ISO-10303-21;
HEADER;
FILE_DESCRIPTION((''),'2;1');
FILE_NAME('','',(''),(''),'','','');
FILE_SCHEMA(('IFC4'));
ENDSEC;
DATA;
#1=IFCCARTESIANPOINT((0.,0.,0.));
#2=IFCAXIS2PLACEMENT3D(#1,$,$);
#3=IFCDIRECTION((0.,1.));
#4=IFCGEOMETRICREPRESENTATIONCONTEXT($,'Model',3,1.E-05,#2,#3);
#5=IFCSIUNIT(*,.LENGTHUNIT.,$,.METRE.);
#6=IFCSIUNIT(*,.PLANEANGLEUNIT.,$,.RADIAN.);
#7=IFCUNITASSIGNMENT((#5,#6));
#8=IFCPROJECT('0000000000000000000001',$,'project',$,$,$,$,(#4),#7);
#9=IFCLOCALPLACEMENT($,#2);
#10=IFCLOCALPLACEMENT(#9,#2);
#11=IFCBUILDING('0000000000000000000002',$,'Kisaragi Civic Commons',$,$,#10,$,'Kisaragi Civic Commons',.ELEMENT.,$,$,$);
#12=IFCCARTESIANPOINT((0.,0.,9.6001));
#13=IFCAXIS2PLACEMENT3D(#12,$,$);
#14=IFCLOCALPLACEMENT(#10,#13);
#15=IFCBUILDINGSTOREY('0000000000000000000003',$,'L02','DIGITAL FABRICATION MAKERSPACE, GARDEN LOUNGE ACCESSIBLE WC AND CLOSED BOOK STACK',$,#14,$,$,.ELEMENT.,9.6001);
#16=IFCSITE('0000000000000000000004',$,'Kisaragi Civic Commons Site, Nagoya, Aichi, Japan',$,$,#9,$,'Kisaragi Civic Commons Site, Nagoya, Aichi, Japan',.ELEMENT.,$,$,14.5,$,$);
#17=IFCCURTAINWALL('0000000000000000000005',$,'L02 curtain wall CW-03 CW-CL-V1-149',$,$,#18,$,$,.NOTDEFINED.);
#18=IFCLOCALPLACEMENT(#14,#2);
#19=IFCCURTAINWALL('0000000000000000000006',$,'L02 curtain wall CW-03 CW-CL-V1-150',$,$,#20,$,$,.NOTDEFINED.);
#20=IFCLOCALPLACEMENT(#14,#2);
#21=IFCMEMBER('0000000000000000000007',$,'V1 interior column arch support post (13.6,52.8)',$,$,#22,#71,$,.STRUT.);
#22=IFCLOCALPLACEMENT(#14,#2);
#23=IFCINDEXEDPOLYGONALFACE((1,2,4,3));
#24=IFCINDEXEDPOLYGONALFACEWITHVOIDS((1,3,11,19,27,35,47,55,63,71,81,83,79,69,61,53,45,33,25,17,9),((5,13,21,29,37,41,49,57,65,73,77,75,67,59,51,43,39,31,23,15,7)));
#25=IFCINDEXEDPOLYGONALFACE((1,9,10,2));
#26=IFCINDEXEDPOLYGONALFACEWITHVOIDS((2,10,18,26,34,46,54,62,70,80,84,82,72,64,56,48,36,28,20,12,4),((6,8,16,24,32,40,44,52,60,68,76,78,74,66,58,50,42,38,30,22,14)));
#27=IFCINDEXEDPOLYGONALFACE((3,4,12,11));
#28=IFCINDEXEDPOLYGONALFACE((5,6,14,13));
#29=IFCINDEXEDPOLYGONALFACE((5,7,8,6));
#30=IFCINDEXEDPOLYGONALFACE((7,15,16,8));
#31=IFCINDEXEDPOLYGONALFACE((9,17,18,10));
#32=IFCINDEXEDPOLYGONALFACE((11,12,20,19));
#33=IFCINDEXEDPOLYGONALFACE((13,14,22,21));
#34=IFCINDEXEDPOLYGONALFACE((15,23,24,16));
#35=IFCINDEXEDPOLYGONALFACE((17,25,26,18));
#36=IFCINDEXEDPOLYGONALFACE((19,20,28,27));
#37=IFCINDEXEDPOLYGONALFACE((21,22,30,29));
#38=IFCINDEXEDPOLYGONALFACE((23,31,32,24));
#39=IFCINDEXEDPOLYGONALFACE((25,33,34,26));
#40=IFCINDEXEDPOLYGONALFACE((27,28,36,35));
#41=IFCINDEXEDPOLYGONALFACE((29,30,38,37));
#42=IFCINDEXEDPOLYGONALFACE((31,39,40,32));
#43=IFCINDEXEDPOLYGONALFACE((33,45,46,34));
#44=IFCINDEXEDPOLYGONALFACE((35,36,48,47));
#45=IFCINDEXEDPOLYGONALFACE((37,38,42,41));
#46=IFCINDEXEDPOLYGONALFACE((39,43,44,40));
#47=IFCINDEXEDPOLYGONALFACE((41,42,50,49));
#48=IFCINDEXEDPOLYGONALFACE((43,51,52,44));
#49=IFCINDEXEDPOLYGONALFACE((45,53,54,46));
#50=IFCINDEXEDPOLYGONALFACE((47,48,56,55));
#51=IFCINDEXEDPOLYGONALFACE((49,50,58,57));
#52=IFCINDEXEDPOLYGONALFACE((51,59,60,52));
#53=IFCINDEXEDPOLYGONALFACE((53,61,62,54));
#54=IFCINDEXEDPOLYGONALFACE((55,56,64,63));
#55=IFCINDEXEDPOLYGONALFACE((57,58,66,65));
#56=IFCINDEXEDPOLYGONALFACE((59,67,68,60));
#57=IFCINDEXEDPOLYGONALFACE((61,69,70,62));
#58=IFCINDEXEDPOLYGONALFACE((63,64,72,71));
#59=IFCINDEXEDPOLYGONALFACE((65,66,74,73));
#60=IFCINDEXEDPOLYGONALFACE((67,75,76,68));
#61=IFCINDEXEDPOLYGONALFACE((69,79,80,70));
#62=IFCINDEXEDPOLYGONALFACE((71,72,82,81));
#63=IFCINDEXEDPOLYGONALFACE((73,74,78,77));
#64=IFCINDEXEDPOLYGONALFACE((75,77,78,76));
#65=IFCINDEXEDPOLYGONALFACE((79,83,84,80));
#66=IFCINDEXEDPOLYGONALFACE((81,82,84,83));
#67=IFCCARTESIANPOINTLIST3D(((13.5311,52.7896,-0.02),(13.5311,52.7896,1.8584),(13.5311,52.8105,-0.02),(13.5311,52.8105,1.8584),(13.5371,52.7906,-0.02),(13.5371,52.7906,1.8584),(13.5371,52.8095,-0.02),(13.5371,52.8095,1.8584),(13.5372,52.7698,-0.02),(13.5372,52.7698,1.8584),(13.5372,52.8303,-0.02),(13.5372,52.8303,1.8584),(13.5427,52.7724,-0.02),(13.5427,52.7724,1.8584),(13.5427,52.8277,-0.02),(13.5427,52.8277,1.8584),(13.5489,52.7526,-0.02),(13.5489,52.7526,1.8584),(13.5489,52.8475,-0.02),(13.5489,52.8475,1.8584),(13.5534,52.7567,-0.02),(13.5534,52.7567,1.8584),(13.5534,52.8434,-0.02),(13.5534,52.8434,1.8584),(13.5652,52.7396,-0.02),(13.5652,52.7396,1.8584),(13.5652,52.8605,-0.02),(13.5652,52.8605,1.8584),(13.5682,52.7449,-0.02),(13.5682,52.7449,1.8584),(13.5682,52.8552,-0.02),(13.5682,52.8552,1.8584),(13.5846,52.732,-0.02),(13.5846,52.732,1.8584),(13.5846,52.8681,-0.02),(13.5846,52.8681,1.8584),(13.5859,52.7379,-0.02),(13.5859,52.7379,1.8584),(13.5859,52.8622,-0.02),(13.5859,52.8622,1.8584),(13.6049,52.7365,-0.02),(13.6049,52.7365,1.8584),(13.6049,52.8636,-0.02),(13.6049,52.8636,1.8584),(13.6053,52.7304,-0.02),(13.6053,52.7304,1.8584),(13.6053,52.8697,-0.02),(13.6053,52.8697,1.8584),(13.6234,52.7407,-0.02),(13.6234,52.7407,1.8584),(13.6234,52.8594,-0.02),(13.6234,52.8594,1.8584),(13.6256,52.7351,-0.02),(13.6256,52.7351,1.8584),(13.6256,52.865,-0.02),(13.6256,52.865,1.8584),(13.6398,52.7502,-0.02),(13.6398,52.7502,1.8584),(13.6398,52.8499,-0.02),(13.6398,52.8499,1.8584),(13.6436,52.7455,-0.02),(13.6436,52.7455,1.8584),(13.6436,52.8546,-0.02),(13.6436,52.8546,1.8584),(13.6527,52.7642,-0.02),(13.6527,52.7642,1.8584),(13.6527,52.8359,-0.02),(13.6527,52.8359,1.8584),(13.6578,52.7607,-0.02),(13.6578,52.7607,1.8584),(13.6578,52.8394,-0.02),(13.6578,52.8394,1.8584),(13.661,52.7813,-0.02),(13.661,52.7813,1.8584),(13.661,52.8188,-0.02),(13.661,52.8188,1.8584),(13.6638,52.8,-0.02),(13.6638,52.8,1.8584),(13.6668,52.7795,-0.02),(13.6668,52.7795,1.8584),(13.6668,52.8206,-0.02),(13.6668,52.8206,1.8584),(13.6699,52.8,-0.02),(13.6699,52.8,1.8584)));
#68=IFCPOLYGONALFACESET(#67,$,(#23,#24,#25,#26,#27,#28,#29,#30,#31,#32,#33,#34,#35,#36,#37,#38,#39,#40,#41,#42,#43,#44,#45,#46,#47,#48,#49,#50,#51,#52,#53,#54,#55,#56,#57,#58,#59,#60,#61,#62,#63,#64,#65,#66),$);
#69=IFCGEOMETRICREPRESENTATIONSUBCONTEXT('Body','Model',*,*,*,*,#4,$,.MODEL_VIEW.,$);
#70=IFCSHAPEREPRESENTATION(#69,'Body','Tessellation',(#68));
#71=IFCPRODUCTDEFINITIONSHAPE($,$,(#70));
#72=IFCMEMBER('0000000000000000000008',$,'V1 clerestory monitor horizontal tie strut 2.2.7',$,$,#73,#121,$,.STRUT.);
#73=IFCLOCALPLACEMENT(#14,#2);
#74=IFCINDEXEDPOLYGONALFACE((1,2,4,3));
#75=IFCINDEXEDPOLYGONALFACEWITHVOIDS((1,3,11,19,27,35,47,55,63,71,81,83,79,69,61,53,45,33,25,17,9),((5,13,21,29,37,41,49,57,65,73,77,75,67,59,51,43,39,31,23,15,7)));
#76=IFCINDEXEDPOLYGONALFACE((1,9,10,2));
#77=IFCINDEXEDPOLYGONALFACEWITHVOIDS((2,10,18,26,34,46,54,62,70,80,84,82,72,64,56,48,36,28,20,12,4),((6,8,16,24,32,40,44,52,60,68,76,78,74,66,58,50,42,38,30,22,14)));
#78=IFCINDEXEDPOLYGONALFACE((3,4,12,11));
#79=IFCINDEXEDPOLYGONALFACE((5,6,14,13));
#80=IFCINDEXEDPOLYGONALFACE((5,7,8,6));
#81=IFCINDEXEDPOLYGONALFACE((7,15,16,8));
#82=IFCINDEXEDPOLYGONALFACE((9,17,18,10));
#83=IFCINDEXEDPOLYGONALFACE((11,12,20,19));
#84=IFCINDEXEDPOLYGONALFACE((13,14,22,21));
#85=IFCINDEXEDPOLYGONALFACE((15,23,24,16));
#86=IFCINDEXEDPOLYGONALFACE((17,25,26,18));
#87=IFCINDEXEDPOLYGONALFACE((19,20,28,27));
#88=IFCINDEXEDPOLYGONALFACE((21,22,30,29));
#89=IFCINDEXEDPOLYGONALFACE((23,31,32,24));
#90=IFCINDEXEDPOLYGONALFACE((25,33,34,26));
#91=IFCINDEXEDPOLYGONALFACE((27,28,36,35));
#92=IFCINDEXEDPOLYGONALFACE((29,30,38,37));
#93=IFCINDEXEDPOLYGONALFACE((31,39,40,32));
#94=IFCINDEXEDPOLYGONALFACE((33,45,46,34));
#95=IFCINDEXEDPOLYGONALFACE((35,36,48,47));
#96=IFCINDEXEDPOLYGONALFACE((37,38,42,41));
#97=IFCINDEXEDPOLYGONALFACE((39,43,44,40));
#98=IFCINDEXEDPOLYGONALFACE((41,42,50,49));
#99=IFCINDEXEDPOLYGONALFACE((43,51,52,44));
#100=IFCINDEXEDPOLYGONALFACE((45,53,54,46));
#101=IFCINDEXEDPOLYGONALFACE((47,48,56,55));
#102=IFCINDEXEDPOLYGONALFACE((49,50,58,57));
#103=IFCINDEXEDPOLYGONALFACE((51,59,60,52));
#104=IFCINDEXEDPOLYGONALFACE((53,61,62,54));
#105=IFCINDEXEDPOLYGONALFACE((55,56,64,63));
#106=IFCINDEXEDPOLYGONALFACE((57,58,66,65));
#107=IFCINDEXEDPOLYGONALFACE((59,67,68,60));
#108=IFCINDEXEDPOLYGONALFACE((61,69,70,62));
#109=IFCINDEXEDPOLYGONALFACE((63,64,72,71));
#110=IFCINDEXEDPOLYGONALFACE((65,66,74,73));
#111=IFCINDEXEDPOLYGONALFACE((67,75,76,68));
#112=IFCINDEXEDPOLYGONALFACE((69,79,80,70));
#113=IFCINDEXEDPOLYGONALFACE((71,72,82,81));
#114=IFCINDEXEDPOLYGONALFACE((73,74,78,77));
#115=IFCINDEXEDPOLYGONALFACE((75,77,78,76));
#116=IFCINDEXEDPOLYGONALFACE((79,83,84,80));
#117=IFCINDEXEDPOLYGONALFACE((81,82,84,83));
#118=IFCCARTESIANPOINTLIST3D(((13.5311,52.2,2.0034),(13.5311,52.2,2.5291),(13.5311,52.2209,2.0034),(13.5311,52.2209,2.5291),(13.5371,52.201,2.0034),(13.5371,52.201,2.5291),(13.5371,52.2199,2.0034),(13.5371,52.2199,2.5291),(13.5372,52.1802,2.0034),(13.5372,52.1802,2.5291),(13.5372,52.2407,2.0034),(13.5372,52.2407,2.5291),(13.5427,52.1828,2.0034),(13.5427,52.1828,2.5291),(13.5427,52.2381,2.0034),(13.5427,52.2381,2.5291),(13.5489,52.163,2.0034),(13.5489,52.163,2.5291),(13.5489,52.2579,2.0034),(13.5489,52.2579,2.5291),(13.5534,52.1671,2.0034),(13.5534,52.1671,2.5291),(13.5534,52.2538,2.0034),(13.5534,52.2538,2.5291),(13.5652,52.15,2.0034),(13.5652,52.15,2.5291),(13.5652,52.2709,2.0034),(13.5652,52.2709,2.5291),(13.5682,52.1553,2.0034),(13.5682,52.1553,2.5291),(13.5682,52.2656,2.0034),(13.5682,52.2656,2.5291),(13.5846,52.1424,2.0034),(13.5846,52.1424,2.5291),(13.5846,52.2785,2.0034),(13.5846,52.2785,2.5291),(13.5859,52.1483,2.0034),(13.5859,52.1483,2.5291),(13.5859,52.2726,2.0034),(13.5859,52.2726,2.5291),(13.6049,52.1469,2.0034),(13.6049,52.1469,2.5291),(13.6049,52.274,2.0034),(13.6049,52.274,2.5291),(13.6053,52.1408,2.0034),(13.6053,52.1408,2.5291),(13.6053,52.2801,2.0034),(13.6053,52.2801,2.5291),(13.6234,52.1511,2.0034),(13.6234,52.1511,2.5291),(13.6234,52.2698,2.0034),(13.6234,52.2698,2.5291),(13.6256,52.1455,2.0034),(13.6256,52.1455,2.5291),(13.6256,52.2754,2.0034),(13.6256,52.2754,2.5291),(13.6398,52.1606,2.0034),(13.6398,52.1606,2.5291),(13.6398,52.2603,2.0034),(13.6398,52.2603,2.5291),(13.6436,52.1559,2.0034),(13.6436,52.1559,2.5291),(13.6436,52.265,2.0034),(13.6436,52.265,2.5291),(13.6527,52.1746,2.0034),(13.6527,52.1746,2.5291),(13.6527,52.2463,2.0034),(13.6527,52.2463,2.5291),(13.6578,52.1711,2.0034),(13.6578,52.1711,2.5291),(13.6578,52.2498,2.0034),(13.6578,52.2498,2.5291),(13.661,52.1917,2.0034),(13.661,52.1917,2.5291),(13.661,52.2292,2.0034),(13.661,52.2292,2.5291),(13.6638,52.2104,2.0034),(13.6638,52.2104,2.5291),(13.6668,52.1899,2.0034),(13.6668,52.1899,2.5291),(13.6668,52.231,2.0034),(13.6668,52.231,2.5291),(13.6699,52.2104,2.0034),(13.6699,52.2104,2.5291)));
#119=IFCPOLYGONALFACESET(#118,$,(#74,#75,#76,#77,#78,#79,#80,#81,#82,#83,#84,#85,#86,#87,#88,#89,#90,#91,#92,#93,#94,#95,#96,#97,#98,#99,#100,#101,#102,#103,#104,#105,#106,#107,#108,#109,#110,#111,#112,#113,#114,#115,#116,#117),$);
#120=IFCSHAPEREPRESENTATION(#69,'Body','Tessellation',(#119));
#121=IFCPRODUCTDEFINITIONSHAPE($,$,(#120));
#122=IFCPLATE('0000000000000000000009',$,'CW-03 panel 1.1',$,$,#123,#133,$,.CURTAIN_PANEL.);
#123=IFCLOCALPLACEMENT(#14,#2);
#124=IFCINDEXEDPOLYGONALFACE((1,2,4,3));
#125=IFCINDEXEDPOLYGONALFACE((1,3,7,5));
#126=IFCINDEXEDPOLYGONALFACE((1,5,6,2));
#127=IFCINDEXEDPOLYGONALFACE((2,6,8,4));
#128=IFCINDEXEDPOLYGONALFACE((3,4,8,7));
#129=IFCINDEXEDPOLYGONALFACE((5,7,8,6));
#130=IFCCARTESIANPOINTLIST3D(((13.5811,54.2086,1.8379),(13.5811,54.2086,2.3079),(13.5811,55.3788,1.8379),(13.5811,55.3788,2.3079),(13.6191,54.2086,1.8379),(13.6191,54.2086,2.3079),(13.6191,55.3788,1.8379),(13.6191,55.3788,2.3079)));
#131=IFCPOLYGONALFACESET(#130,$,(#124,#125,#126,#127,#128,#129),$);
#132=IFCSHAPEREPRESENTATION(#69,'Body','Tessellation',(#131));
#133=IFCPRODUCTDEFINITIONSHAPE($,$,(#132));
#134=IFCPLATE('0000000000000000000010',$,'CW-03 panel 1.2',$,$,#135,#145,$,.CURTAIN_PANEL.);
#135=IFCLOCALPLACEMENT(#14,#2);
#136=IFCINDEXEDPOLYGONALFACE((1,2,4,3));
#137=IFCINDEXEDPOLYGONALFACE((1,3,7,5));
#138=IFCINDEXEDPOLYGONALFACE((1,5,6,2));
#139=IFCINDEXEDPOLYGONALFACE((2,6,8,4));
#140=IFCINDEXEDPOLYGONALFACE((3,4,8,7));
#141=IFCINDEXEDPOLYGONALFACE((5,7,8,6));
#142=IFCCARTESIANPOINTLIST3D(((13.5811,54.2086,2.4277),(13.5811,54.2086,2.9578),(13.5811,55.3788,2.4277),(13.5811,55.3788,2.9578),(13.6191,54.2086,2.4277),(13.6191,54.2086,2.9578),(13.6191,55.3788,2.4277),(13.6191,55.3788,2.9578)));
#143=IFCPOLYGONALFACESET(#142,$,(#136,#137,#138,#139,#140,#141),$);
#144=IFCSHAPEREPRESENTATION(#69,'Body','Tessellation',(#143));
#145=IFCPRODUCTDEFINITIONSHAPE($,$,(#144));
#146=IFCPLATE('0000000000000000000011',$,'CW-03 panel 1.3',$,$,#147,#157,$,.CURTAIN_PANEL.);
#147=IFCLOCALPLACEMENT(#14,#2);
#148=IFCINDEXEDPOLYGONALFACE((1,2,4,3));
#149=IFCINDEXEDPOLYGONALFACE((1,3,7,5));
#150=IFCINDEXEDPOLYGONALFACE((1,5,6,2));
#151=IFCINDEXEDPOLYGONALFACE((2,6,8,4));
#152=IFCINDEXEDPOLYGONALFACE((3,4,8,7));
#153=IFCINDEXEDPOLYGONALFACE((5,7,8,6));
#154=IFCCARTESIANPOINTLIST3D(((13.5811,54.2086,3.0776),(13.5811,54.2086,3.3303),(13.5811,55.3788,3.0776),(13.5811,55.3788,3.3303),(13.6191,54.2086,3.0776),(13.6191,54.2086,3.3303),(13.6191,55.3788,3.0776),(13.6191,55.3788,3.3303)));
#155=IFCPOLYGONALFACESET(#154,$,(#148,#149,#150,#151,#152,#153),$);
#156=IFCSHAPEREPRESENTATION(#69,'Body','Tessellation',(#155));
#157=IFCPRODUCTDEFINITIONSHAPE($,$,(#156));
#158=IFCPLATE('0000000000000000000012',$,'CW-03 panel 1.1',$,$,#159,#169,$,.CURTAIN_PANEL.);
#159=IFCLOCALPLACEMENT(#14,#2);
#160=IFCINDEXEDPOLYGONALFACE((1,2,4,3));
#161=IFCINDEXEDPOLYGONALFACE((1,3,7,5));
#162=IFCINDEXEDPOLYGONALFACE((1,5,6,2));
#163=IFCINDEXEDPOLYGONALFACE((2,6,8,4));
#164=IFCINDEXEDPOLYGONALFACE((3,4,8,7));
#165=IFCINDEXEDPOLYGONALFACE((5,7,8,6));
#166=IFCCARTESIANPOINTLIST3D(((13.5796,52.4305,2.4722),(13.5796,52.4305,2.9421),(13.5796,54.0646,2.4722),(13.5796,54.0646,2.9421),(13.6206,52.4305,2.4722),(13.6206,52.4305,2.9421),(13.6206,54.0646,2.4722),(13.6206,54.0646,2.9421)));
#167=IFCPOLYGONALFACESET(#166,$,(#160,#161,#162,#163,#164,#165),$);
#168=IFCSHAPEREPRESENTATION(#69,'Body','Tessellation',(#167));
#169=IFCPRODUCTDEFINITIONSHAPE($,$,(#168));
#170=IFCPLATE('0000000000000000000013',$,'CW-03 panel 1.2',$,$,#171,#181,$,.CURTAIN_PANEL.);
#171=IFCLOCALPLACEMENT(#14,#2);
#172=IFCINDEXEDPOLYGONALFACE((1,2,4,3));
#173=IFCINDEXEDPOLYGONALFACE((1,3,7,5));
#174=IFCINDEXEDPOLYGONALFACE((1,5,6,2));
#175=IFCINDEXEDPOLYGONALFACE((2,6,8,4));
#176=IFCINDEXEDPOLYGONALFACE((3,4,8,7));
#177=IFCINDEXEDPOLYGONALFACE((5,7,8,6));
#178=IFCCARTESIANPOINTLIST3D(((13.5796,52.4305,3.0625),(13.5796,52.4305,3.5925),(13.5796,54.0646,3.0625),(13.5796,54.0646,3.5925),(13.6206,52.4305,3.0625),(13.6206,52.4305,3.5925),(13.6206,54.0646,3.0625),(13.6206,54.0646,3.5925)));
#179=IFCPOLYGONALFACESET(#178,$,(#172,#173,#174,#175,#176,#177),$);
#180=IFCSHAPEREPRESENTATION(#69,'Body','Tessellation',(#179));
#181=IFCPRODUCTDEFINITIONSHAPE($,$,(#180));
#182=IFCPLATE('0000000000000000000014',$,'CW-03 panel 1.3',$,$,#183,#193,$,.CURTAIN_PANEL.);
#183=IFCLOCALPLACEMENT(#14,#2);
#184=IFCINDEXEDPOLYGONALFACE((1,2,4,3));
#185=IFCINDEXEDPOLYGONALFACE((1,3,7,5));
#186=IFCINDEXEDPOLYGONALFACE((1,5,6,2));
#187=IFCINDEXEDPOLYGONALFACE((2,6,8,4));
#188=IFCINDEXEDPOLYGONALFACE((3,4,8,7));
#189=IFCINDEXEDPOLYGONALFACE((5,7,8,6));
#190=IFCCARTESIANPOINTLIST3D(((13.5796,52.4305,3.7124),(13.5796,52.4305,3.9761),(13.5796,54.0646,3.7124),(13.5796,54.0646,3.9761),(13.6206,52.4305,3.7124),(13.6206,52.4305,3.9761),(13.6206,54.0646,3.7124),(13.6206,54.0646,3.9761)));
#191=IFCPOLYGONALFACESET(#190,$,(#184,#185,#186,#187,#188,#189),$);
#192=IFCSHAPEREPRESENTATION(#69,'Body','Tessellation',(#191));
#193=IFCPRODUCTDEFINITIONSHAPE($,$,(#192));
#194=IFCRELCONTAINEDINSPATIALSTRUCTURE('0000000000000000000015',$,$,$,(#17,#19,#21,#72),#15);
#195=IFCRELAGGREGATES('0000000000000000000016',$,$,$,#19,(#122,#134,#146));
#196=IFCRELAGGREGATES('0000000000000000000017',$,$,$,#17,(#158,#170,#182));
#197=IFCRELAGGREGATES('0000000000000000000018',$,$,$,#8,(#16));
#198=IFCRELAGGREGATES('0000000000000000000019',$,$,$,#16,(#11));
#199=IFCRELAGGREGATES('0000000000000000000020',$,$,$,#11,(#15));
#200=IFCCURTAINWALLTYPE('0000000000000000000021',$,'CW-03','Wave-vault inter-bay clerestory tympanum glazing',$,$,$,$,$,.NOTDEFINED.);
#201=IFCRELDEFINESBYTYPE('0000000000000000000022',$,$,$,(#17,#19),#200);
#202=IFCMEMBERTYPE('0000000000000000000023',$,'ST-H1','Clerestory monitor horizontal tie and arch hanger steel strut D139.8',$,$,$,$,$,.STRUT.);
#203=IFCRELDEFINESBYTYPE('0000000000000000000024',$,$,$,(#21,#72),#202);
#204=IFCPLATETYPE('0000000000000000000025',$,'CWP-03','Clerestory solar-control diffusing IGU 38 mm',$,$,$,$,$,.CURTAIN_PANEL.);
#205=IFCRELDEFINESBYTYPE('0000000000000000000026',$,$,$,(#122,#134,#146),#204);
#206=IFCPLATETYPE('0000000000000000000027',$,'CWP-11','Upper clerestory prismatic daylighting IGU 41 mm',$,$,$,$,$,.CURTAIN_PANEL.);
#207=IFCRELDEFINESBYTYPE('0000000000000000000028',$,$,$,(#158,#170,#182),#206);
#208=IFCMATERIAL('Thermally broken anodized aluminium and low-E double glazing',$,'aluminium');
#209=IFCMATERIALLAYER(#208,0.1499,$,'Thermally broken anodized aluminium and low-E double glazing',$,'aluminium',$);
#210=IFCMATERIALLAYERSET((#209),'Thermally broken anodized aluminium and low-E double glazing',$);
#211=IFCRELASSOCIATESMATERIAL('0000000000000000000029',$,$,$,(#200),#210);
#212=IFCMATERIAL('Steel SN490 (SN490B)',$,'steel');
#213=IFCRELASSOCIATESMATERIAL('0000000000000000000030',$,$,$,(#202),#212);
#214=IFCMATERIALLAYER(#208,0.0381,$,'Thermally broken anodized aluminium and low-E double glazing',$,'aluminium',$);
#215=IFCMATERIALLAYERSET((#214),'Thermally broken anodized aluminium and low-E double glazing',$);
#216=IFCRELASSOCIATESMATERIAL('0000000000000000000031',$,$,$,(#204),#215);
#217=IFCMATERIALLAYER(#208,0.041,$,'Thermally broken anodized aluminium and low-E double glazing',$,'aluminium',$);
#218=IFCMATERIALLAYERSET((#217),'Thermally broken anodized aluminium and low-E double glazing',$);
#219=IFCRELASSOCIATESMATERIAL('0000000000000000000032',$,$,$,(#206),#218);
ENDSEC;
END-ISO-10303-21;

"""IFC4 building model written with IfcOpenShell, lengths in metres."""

from ifc_helpers import new_model, si_unit, direction, frame, origin, origin_2d, place, context, subcontext, project, spatial, rectangle, hollow_circle, extrude, material, layer, layer_set, material_profile, profile_set, type_object, element, aggregate, save


model = new_model("IFC4")

# Units and contexts
model_context = context("Model", 3, precision=1e-05, world=origin(), true_north=direction((0.0, 1.0)))
body_context = subcontext(model_context, "Body", "Model", "MODEL_VIEW")
ifc_project = project(units=[si_unit("LENGTHUNIT", "METRE"), si_unit("PLANEANGLEUNIT", "RADIAN")], contexts=[model_context])

# Site, building, storey
site_placement = place(None, origin())
site = spatial("IfcSite", under=ifc_project, at=site_placement, Name="Kisaragi Civic Commons Site, Nagoya, Aichi, Japan", LongName="Kisaragi Civic Commons Site, Nagoya, Aichi, Japan", CompositionType="ELEMENT", RefElevation=14.5)
building_placement = place(site_placement, origin())
building = spatial("IfcBuilding", under=site, at=building_placement, Name="Kisaragi Civic Commons", LongName="Kisaragi Civic Commons", CompositionType="ELEMENT")
storey_placement = place(building_placement, frame((0.0, 0.0, 9.6001)))
storey = spatial("IfcBuildingStorey", under=building, at=storey_placement, Name="L02", Description="DIGITAL FABRICATION MAKERSPACE, GARDEN LOUNGE ACCESSIBLE WC AND CLOSED BOOK STACK", CompositionType="ELEMENT", Elevation=9.6001)

# Curtain walls
ifc_material_1 = material(Name="Thermally broken anodized aluminium and low-E double glazing", Category="aluminium")
ifc_layer_1 = layer(ifc_material_1, 0.1499, Name="Thermally broken anodized aluminium and low-E double glazing", Category="aluminium")
ifc_layer_set_1 = layer_set([ifc_layer_1], Name="Thermally broken anodized aluminium and low-E double glazing")
curtain_wall_type = type_object("IfcCurtainWallType", Name="CW-03", Description="Wave-vault inter-bay clerestory tympanum glazing", PredefinedType="NOTDEFINED", material=ifc_layer_set_1)
curtain_wall_1_placement = place(storey_placement, origin())
curtain_wall_1 = element("IfcCurtainWall", 1, at=curtain_wall_1_placement, inside=storey, type_object=curtain_wall_type, Name="L02 curtain wall CW-03 CW-CL-V1-149", PredefinedType="NOTDEFINED")
curtain_wall_2_placement = place(storey_placement, origin())
curtain_wall_2 = element("IfcCurtainWall", 2, at=curtain_wall_2_placement, inside=storey, type_object=curtain_wall_type, Name="L02 curtain wall CW-03 CW-CL-V1-150", PredefinedType="NOTDEFINED")

# Members
ifc_material_2 = material(Name="Steel SN490 (SN490B)", Category="steel")
ifc_material_profile_1 = material_profile(ifc_material_2, hollow_circle(Radius=0.0698, WallThickness=0.0061, at=origin_2d()), Name="CHS-139.8x6.0", Category="steel")
ifc_profile_set_1 = profile_set([ifc_material_profile_1], Name="Steel SN490 (SN490B)")
member_type_1 = type_object("IfcMemberType", Name="ST-H1", Description="Clerestory monitor horizontal tie and arch hanger steel strut D139.8", PredefinedType="STRUT", material=ifc_profile_set_1)
member_1_placement = place(storey_placement, frame((13.6001, 52.8, -0.02), z_axis=(0.0, 0.0, 1.0), x_axis=(1.0, 0.0, 0.0)))
element("IfcMember", 3, at=member_1_placement, inside=storey, type_object=member_type_1, Name="V1 interior column arch support post (13.6,52.8)", PredefinedType="STRUT", context=body_context, shape_type="SweptSolid", body=[
    extrude(hollow_circle(Radius=0.0698, WallThickness=0.0061, at=origin_2d()), origin(), (0.0, 0.0, 1.0), 1.8784),
])
member_2_placement = place(storey_placement, frame((13.6001, 52.2104, 2.0034), z_axis=(0.0, 0.0, 1.0), x_axis=(1.0, 0.0, 0.0)))
element("IfcMember", 4, at=member_2_placement, inside=storey, type_object=member_type_1, Name="V1 clerestory monitor horizontal tie strut 2.2.7", PredefinedType="STRUT", context=body_context, shape_type="SweptSolid", body=[
    extrude(hollow_circle(Radius=0.0698, WallThickness=0.0061, at=origin_2d()), origin(), (0.0, 0.0, 1.0), 0.5256),
])

# Plates
ifc_layer_2 = layer(ifc_material_1, 0.0381, Name="Thermally broken anodized aluminium and low-E double glazing", Category="aluminium")
ifc_layer_set_2 = layer_set([ifc_layer_2], Name="Thermally broken anodized aluminium and low-E double glazing")
plate_type_1 = type_object("IfcPlateType", Name="CWP-03", Description="Clerestory solar-control diffusing IGU 38 mm", PredefinedType="CURTAIN_PANEL", material=ifc_layer_set_2)
plate_1_placement = place(storey_placement, frame((13.6001, 54.7937, 1.8379), z_axis=(0.0, 0.0, 1.0), x_axis=(0.0, 1.0, 0.0)))
plate_1 = element("IfcPlate", 5, at=plate_1_placement, type_object=plate_type_1, Name="CW-03 panel 1.1", PredefinedType="CURTAIN_PANEL", context=body_context, shape_type="SweptSolid", body=[
    extrude(rectangle(XDim=1.1702, YDim=0.0381, at=origin_2d()), origin(), (0.0, 0.0, 1.0), 0.47),
])
plate_2_placement = place(storey_placement, frame((13.6001, 54.7937, 2.4277), z_axis=(0.0, 0.0, 1.0), x_axis=(0.0, 1.0, 0.0)))
plate_2 = element("IfcPlate", 6, at=plate_2_placement, type_object=plate_type_1, Name="CW-03 panel 1.2", PredefinedType="CURTAIN_PANEL", context=body_context, shape_type="SweptSolid", body=[
    extrude(rectangle(XDim=1.1702, YDim=0.0381, at=origin_2d()), origin(), (0.0, 0.0, 1.0), 0.53),
])
plate_3_placement = place(storey_placement, frame((13.6001, 54.7937, 3.0776), z_axis=(0.0, 0.0, 1.0), x_axis=(0.0, 1.0, 0.0)))
plate_3 = element("IfcPlate", 7, at=plate_3_placement, type_object=plate_type_1, Name="CW-03 panel 1.3", PredefinedType="CURTAIN_PANEL", context=body_context, shape_type="SweptSolid", body=[
    extrude(rectangle(XDim=1.1702, YDim=0.0381, at=origin_2d()), origin(), (0.0, 0.0, 1.0), 0.2527),
])
aggregate(curtain_wall_2, [plate_1, plate_2, plate_3])
ifc_layer_3 = layer(ifc_material_1, 0.041, Name="Thermally broken anodized aluminium and low-E double glazing", Category="aluminium")
ifc_layer_set_3 = layer_set([ifc_layer_3], Name="Thermally broken anodized aluminium and low-E double glazing")
plate_type_2 = type_object("IfcPlateType", Name="CWP-11", Description="Upper clerestory prismatic daylighting IGU 41 mm", PredefinedType="CURTAIN_PANEL", material=ifc_layer_set_3)
plate_4_placement = place(storey_placement, frame((13.6001, 53.2476, 2.4722), z_axis=(0.0, 0.0, 1.0), x_axis=(0.0, 1.0, 0.0)))
plate_4 = element("IfcPlate", 8, at=plate_4_placement, type_object=plate_type_2, Name="CW-03 panel 1.1", PredefinedType="CURTAIN_PANEL", context=body_context, shape_type="SweptSolid", body=[
    extrude(rectangle(XDim=1.634, YDim=0.041, at=origin_2d()), origin(), (0.0, 0.0, 1.0), 0.47),
])
plate_5_placement = place(storey_placement, frame((13.6001, 53.2476, 3.0625), z_axis=(0.0, 0.0, 1.0), x_axis=(0.0, 1.0, 0.0)))
plate_5 = element("IfcPlate", 9, at=plate_5_placement, type_object=plate_type_2, Name="CW-03 panel 1.2", PredefinedType="CURTAIN_PANEL", context=body_context, shape_type="SweptSolid", body=[
    extrude(rectangle(XDim=1.634, YDim=0.041, at=origin_2d()), origin(), (0.0, 0.0, 1.0), 0.53),
])
plate_6_placement = place(storey_placement, frame((13.6001, 53.2476, 3.7124), z_axis=(0.0, 0.0, 1.0), x_axis=(0.0, 1.0, 0.0)))
plate_6 = element("IfcPlate", 10, at=plate_6_placement, type_object=plate_type_2, Name="CW-03 panel 1.3", PredefinedType="CURTAIN_PANEL", context=body_context, shape_type="SweptSolid", body=[
    extrude(rectangle(XDim=1.634, YDim=0.041, at=origin_2d()), origin(), (0.0, 0.0, 1.0), 0.2637),
])
aggregate(curtain_wall_1, [plate_4, plate_5, plate_6])

save(model, "model.ifc")
